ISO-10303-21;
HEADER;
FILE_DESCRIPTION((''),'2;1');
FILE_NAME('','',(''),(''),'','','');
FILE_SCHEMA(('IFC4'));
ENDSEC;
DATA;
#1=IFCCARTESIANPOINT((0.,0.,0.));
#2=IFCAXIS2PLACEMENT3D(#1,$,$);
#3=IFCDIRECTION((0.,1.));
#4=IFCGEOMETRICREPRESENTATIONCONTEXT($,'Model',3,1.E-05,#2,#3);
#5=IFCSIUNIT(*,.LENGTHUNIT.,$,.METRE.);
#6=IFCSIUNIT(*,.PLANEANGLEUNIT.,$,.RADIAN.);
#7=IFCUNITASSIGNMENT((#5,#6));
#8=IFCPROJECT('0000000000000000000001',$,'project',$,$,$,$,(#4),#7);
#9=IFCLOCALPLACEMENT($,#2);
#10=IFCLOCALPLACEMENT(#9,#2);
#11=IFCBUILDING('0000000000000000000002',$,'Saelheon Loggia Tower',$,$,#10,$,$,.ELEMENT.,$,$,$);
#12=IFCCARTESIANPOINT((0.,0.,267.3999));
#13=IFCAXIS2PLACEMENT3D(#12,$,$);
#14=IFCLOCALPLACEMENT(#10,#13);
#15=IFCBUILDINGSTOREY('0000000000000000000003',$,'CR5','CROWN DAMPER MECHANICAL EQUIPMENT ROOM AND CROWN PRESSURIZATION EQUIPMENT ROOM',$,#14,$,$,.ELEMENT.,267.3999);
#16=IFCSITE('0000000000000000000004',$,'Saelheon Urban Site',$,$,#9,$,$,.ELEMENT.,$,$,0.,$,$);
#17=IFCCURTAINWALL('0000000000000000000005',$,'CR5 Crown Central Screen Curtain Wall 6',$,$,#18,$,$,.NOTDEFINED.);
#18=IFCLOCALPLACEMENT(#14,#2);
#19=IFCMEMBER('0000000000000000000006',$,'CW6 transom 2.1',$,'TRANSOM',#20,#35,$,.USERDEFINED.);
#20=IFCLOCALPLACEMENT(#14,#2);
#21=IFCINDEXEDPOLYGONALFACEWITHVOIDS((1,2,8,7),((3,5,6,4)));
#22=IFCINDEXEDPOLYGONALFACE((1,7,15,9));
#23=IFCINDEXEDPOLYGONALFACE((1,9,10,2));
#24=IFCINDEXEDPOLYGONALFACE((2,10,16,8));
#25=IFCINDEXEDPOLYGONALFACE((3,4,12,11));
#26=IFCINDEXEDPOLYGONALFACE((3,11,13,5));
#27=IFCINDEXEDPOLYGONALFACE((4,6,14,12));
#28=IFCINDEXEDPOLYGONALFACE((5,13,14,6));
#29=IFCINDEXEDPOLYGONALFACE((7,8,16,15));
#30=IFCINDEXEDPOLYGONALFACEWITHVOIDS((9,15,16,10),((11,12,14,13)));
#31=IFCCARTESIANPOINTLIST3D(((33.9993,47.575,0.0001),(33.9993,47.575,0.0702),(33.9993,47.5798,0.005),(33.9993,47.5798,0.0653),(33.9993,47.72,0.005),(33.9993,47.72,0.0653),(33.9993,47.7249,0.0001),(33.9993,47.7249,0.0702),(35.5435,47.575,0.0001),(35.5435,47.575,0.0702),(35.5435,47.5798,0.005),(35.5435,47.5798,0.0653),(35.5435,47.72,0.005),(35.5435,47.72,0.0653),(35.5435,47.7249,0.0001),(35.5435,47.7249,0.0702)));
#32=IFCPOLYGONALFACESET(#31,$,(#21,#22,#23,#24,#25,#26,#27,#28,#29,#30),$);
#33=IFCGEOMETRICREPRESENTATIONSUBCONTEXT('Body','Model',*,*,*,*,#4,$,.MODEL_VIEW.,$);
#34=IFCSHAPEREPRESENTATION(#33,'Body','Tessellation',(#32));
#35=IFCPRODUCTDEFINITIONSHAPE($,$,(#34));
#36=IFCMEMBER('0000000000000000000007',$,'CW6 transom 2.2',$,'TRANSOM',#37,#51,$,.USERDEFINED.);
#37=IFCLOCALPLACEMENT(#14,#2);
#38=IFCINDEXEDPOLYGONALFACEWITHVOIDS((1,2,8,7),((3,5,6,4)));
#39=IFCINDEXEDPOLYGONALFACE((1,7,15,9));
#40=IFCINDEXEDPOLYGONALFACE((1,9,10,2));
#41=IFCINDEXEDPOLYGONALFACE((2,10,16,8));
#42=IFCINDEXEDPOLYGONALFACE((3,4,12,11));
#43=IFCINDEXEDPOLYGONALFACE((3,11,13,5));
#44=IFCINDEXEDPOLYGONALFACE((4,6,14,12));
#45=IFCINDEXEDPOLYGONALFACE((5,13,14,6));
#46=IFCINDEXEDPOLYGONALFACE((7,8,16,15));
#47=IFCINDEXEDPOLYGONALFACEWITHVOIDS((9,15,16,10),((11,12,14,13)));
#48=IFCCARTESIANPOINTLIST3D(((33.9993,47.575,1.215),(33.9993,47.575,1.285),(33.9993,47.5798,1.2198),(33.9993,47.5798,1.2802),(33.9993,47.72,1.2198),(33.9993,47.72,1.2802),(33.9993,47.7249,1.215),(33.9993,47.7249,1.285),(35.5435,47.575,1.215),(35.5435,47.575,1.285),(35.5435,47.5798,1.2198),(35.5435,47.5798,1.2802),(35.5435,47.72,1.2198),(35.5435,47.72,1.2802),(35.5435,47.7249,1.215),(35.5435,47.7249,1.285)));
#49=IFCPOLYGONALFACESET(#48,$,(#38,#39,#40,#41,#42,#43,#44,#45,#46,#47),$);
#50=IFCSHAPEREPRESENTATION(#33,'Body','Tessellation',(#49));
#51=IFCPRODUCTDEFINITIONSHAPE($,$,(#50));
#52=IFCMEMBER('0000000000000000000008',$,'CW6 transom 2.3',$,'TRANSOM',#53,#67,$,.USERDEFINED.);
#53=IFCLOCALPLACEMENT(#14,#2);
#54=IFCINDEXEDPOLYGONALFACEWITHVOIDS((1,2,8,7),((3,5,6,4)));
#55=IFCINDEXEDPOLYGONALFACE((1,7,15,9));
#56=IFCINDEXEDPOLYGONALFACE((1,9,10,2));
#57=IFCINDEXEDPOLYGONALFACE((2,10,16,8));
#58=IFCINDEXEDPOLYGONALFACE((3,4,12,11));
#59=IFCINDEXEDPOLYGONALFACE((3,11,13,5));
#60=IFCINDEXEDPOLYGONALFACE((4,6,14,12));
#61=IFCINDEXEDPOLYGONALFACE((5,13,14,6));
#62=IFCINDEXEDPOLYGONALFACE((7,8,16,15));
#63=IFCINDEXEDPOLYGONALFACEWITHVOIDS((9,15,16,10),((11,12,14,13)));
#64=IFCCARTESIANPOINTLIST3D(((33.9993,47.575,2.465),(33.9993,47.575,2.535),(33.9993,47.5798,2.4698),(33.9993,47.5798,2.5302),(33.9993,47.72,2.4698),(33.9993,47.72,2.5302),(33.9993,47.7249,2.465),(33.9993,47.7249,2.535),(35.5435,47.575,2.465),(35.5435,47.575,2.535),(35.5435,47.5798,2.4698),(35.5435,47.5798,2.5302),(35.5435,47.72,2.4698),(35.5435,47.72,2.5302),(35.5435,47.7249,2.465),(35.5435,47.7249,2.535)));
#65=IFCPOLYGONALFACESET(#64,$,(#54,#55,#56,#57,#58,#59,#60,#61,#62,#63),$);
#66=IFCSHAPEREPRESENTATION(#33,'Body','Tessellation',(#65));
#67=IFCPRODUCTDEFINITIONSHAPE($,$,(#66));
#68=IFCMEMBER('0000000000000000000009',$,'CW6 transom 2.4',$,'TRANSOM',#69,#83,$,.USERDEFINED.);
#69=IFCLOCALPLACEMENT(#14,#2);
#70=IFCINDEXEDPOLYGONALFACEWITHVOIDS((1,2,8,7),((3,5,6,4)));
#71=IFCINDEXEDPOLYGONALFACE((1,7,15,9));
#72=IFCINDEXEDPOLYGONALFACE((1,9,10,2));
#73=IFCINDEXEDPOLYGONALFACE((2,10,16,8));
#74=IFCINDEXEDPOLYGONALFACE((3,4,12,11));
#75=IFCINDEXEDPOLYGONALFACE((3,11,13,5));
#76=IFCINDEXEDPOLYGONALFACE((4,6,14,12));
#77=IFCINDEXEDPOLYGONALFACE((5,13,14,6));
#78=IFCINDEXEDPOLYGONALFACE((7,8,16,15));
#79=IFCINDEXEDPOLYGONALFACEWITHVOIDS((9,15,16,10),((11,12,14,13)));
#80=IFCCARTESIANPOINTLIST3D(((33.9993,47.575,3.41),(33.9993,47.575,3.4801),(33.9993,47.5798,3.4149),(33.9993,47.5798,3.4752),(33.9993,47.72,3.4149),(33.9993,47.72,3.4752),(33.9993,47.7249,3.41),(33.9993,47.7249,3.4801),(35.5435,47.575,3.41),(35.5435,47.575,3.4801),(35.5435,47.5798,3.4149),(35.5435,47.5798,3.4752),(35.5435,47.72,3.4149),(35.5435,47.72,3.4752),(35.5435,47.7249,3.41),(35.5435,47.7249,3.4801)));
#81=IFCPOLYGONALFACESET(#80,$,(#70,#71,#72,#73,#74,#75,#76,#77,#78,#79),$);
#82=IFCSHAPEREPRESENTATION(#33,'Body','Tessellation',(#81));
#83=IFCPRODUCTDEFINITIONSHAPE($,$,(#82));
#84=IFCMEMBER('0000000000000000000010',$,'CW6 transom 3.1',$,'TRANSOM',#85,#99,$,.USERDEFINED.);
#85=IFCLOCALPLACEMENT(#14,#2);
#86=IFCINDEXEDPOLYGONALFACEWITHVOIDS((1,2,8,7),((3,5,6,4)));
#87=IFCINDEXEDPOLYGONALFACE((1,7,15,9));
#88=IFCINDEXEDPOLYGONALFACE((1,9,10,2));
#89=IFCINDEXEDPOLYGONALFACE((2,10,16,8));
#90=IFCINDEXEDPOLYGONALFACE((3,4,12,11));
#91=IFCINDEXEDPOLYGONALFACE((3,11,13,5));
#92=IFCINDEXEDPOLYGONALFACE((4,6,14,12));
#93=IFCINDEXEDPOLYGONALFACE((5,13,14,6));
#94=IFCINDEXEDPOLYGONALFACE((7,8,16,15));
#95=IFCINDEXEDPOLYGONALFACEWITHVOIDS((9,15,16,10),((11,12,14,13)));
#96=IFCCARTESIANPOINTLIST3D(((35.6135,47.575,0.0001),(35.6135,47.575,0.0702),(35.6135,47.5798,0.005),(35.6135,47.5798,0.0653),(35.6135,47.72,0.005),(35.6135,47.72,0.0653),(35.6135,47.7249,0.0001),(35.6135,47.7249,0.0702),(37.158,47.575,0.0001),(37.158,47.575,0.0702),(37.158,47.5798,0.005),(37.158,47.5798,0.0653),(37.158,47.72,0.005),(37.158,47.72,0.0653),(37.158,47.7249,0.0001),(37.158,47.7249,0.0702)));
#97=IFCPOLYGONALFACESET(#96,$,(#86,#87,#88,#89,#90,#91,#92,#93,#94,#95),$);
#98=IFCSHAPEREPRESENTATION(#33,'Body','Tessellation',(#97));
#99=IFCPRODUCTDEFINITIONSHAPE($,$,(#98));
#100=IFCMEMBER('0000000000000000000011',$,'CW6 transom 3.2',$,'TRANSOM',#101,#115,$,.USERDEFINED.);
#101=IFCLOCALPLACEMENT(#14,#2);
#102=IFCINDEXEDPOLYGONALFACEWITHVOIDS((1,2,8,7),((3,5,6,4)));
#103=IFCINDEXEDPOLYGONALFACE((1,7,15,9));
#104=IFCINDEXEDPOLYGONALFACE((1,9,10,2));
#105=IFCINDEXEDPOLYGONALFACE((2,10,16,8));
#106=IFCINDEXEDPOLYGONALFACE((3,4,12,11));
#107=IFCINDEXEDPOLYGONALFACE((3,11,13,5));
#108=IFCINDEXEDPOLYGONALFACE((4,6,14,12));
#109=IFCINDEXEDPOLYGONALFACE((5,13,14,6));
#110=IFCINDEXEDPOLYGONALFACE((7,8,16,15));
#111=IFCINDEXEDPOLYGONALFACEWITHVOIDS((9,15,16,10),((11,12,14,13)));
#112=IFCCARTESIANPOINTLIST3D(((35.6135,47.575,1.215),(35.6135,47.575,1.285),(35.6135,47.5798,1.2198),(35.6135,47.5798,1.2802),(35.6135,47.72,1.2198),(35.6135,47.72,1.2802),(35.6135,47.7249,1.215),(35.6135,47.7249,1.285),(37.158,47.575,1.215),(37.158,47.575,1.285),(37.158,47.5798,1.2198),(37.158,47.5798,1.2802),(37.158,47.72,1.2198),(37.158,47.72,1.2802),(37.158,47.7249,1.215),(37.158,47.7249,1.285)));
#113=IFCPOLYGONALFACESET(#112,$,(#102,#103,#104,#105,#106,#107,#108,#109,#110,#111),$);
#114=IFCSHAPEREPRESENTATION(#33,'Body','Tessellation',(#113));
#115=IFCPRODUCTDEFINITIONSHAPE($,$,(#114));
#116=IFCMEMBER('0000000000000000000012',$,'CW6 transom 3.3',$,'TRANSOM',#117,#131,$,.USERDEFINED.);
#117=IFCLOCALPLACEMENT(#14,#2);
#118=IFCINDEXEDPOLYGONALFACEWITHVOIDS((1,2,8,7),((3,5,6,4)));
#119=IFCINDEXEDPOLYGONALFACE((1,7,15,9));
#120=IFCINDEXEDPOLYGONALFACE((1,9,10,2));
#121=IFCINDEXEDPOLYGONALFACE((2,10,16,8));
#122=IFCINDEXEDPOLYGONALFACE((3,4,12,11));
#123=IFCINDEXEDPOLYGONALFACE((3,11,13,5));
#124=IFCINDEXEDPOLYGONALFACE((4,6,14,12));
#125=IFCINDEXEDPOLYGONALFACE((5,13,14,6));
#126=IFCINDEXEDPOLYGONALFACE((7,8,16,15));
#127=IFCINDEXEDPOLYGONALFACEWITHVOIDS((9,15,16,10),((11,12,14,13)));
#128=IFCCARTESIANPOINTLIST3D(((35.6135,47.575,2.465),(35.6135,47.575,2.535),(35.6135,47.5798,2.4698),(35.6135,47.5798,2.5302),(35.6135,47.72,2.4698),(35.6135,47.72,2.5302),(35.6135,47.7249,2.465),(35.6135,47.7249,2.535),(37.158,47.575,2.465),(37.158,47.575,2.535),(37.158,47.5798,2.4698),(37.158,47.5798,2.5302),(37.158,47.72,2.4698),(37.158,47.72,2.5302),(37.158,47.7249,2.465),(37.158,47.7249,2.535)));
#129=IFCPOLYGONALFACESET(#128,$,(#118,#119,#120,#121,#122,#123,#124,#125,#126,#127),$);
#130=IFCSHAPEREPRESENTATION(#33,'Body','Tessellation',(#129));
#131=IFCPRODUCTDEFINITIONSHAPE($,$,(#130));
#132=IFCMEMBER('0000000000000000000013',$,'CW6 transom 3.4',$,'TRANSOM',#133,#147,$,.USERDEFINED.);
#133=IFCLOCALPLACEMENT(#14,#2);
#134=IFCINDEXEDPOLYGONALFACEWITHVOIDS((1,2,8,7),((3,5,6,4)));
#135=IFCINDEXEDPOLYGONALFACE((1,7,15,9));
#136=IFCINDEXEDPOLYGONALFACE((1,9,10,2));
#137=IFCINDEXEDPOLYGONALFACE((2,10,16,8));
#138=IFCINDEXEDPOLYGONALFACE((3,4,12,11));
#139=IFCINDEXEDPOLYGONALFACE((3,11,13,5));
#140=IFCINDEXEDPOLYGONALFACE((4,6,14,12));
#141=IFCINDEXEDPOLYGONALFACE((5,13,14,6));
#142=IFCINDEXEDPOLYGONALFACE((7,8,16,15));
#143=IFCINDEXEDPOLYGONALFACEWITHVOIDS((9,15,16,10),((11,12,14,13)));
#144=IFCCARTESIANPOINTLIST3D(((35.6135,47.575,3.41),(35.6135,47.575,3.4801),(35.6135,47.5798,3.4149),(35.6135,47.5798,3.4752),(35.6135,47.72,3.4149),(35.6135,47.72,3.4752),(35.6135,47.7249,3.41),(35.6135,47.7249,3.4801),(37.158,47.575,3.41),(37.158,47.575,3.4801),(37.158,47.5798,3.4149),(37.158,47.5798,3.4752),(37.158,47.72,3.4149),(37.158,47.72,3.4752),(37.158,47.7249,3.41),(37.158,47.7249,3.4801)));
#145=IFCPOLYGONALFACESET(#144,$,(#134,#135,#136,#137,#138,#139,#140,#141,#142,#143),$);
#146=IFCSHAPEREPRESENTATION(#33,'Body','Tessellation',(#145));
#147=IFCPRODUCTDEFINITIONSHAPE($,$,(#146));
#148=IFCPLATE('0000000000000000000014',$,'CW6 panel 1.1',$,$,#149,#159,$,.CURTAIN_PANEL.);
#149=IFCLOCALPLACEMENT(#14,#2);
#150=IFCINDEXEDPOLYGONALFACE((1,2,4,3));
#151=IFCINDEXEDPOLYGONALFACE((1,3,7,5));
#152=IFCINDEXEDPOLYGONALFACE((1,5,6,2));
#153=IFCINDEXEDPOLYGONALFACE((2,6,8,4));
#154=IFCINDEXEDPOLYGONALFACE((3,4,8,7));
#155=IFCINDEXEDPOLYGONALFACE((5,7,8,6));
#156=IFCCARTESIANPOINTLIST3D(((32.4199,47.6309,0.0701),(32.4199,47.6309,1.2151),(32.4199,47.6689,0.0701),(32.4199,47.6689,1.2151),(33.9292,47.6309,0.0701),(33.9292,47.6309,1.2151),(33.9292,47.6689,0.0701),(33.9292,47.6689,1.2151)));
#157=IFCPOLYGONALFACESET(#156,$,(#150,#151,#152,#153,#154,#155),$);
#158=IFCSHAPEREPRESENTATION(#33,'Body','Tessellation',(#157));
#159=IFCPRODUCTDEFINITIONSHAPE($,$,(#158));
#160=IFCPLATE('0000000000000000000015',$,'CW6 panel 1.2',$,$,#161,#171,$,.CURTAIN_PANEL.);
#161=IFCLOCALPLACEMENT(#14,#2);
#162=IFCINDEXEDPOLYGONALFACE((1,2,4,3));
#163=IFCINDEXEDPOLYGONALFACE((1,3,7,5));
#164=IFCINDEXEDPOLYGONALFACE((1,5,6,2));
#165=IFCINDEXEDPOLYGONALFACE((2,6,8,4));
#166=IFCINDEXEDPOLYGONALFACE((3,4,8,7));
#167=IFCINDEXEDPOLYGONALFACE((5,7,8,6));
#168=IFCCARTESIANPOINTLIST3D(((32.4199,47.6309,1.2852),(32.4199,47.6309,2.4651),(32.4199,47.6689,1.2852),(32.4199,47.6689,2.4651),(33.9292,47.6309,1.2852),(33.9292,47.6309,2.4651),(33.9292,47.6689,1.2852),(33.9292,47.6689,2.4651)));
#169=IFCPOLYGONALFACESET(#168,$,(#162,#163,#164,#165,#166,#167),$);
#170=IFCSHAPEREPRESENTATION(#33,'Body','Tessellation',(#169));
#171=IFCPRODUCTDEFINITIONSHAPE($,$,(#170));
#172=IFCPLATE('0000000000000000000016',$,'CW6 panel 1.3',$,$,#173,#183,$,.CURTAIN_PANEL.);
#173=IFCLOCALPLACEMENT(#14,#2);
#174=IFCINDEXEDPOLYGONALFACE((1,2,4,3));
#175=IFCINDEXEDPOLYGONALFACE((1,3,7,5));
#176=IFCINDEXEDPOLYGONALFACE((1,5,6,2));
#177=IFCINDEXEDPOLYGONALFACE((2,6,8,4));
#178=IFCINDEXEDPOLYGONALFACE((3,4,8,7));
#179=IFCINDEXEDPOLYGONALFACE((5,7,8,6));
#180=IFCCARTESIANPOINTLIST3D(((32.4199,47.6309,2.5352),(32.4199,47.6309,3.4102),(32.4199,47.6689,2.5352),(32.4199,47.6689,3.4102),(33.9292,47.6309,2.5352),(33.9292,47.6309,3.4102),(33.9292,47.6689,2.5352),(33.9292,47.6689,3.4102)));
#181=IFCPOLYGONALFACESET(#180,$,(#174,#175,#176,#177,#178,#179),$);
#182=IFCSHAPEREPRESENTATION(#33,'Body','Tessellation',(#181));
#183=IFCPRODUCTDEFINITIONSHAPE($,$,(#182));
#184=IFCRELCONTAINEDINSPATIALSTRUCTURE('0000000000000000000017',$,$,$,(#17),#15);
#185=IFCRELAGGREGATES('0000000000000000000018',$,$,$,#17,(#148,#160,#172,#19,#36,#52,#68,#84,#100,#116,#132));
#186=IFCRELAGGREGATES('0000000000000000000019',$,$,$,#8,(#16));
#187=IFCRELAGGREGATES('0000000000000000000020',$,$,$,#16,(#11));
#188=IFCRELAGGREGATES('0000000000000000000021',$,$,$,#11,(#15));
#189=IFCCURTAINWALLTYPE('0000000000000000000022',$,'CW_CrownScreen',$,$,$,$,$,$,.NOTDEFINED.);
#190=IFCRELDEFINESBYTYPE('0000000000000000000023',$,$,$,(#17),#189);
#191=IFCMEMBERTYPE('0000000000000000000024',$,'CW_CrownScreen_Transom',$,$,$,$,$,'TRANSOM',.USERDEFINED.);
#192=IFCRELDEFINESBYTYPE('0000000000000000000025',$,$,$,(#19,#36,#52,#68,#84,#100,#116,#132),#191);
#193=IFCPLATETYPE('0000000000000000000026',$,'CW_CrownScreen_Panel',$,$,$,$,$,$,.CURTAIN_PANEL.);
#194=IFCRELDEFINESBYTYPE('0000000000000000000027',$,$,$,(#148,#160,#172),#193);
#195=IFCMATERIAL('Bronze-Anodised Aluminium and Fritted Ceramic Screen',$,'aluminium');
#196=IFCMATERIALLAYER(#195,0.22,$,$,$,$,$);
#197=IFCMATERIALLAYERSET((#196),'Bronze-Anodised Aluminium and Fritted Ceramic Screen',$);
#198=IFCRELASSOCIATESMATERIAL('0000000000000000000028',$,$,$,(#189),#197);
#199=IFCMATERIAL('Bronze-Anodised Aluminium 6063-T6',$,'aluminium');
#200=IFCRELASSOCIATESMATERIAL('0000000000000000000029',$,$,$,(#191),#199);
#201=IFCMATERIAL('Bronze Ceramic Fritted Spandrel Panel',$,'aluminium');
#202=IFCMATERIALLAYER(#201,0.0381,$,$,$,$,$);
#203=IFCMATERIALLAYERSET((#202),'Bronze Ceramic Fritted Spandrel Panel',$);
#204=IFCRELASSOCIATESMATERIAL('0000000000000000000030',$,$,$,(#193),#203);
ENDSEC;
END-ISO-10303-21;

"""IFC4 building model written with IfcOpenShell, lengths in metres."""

from ifc_helpers import new_model, si_unit, direction, frame, origin, origin_2d, place, context, subcontext, project, spatial, rectangle, hollow_rectangle, extrude, source, transform, mapped, material, layer, layer_set, material_profile, profile_set, type_object, element, aggregate, save


model = new_model("IFC4")

# Units and contexts
model_context = context("Model", 3, precision=1e-05, world=origin(), true_north=direction((0.0, 1.0)))
body_context = subcontext(model_context, "Body", "Model", "MODEL_VIEW")
ifc_project = project(units=[si_unit("LENGTHUNIT", "METRE"), si_unit("PLANEANGLEUNIT", "RADIAN")], contexts=[model_context])

# Site, building, storey
site_placement = place(None, origin())
site = spatial("IfcSite", under=ifc_project, at=site_placement, Name="Saelheon Urban Site", CompositionType="ELEMENT", RefElevation=0.0)
building_placement = place(site_placement, origin())
building = spatial("IfcBuilding", under=site, at=building_placement, Name="Saelheon Loggia Tower", CompositionType="ELEMENT")
storey_placement = place(building_placement, frame((0.0, 0.0, 267.3999)))
storey = spatial("IfcBuildingStorey", under=building, at=storey_placement, Name="CR5", Description="CROWN DAMPER MECHANICAL EQUIPMENT ROOM AND CROWN PRESSURIZATION EQUIPMENT ROOM", CompositionType="ELEMENT", Elevation=267.3999)

# Curtain wall, members, plates
ifc_material_1 = material(Name="Bronze-Anodised Aluminium and Fritted Ceramic Screen", Category="aluminium")
ifc_layer_1 = layer(ifc_material_1, 0.22)
ifc_layer_set_1 = layer_set([ifc_layer_1], Name="Bronze-Anodised Aluminium and Fritted Ceramic Screen")
curtain_wall_type = type_object("IfcCurtainWallType", Name="CW_CrownScreen", PredefinedType="NOTDEFINED", material=ifc_layer_set_1)
curtain_wall_placement = place(storey_placement, origin())
curtain_wall = element("IfcCurtainWall", 1, at=curtain_wall_placement, inside=storey, type_object=curtain_wall_type, Name="CR5 Crown Central Screen Curtain Wall 6", PredefinedType="NOTDEFINED")
ifc_material_2 = material(Name="Bronze-Anodised Aluminium 6063-T6", Category="aluminium")
ifc_material_profile_1 = material_profile(ifc_material_2, hollow_rectangle(XDim=0.0701, YDim=0.1499, WallThickness=0.0049, at=origin_2d()), Name="RHS-150x70x5")
ifc_profile_set_1 = profile_set([ifc_material_profile_1], Name="Bronze-Anodised Aluminium 6063-T6")
member_type_1 = type_object("IfcMemberType", Name="CW_CrownScreen_Transom", ElementType="TRANSOM", PredefinedType="USERDEFINED", material=ifc_profile_set_1)
shared_shape_1 = source(origin(), body_context, "Body", "SweptSolid", [
    extrude(hollow_rectangle(XDim=0.0701, YDim=0.1499, WallThickness=0.0049, at=origin_2d()), origin(), (0.0, 0.0, 1.0), 1.5442),
])
member_1_placement = place(storey_placement, frame((33.9993, 47.6499, 0.0352), z_axis=(1.0, 0.0, 0.0), x_axis=(0.0, 0.0, 1.0)))
member_1 = element("IfcMember", 2, at=member_1_placement, type_object=member_type_1, Name="CW6 transom 2.1", ObjectType="TRANSOM", PredefinedType="USERDEFINED", context=body_context, shape_type="MappedRepresentation", body=[
    mapped(shared_shape_1, transform((0.0, 0.0, 0.0), scale=1.0)),
])
member_2_placement = place(storey_placement, frame((33.9993, 47.6499, 1.25), z_axis=(1.0, 0.0, 0.0), x_axis=(0.0, 0.0, 1.0)))
member_2 = element("IfcMember", 3, at=member_2_placement, type_object=member_type_1, Name="CW6 transom 2.2", ObjectType="TRANSOM", PredefinedType="USERDEFINED", context=body_context, shape_type="MappedRepresentation", body=[
    mapped(shared_shape_1, transform((0.0, 0.0, 0.0), scale=1.0)),
])
member_3_placement = place(storey_placement, frame((33.9993, 47.6499, 2.5), z_axis=(1.0, 0.0, 0.0), x_axis=(0.0, 0.0, 1.0)))
member_3 = element("IfcMember", 4, at=member_3_placement, type_object=member_type_1, Name="CW6 transom 2.3", ObjectType="TRANSOM", PredefinedType="USERDEFINED", context=body_context, shape_type="MappedRepresentation", body=[
    mapped(shared_shape_1, transform((0.0, 0.0, 0.0), scale=1.0)),
])
member_4_placement = place(storey_placement, frame((33.9993, 47.6499, 3.4451), z_axis=(1.0, 0.0, 0.0), x_axis=(0.0, 0.0, 1.0)))
member_4 = element("IfcMember", 5, at=member_4_placement, type_object=member_type_1, Name="CW6 transom 2.4", ObjectType="TRANSOM", PredefinedType="USERDEFINED", context=body_context, shape_type="MappedRepresentation", body=[
    mapped(shared_shape_1, transform((0.0, 0.0, 0.0), scale=1.0)),
])
shared_shape_2 = source(origin(), body_context, "Body", "SweptSolid", [
    extrude(hollow_rectangle(XDim=0.0701, YDim=0.1499, WallThickness=0.0049, at=origin_2d()), origin(), (0.0, 0.0, 1.0), 1.5444),
])
member_5_placement = place(storey_placement, frame((35.6135, 47.6499, 0.0352), z_axis=(1.0, 0.0, 0.0), x_axis=(0.0, 0.0, 1.0)))
member_5 = element("IfcMember", 6, at=member_5_placement, type_object=member_type_1, Name="CW6 transom 3.1", ObjectType="TRANSOM", PredefinedType="USERDEFINED", context=body_context, shape_type="MappedRepresentation", body=[
    mapped(shared_shape_2, transform((0.0, 0.0, 0.0), scale=1.0)),
])
member_6_placement = place(storey_placement, frame((35.6135, 47.6499, 1.25), z_axis=(1.0, 0.0, 0.0), x_axis=(0.0, 0.0, 1.0)))
member_6 = element("IfcMember", 7, at=member_6_placement, type_object=member_type_1, Name="CW6 transom 3.2", ObjectType="TRANSOM", PredefinedType="USERDEFINED", context=body_context, shape_type="MappedRepresentation", body=[
    mapped(shared_shape_2, transform((0.0, 0.0, 0.0), scale=1.0)),
])
member_7_placement = place(storey_placement, frame((35.6135, 47.6499, 2.5), z_axis=(1.0, 0.0, 0.0), x_axis=(0.0, 0.0, 1.0)))
member_7 = element("IfcMember", 8, at=member_7_placement, type_object=member_type_1, Name="CW6 transom 3.3", ObjectType="TRANSOM", PredefinedType="USERDEFINED", context=body_context, shape_type="MappedRepresentation", body=[
    mapped(shared_shape_2, transform((0.0, 0.0, 0.0), scale=1.0)),
])
member_8_placement = place(storey_placement, frame((35.6135, 47.6499, 3.4451), z_axis=(1.0, 0.0, 0.0), x_axis=(0.0, 0.0, 1.0)))
member_8 = element("IfcMember", 9, at=member_8_placement, type_object=member_type_1, Name="CW6 transom 3.4", ObjectType="TRANSOM", PredefinedType="USERDEFINED", context=body_context, shape_type="MappedRepresentation", body=[
    mapped(shared_shape_2, transform((0.0, 0.0, 0.0), scale=1.0)),
])
ifc_material_3 = material(Name="Bronze Ceramic Fritted Spandrel Panel", Category="aluminium")
ifc_layer_2 = layer(ifc_material_3, 0.0381)
ifc_layer_set_2 = layer_set([ifc_layer_2], Name="Bronze Ceramic Fritted Spandrel Panel")
plate_type = type_object("IfcPlateType", Name="CW_CrownScreen_Panel", PredefinedType="CURTAIN_PANEL", material=ifc_layer_set_2)
shared_shape_3 = source(origin(), body_context, "Body", "SweptSolid", [
    extrude(rectangle(XDim=1.5093, YDim=0.0381, at=origin_2d()), origin(), (0.0, 0.0, 1.0), 1.145),
])
plate_1_placement = place(storey_placement, frame((33.1746, 47.6499, 0.0701), z_axis=(0.0, 0.0, 1.0), x_axis=(1.0, 0.0, 0.0)))
plate_1 = element("IfcPlate", 10, at=plate_1_placement, type_object=plate_type, Name="CW6 panel 1.1", PredefinedType="CURTAIN_PANEL", context=body_context, shape_type="MappedRepresentation", body=[
    mapped(shared_shape_3, transform((0.0, 0.0, 0.0), scale=1.0)),
])
shared_shape_4 = source(origin(), body_context, "Body", "SweptSolid", [
    extrude(rectangle(XDim=1.5093, YDim=0.0381, at=origin_2d()), origin(), (0.0, 0.0, 1.0), 1.1799),
])
plate_2_placement = place(storey_placement, frame((33.1746, 47.6499, 1.2852), z_axis=(0.0, 0.0, 1.0), x_axis=(1.0, 0.0, 0.0)))
plate_2 = element("IfcPlate", 11, at=plate_2_placement, type_object=plate_type, Name="CW6 panel 1.2", PredefinedType="CURTAIN_PANEL", context=body_context, shape_type="MappedRepresentation", body=[
    mapped(shared_shape_4, transform((0.0, 0.0, 0.0), scale=1.0)),
])
shared_shape_5 = source(origin(), body_context, "Body", "SweptSolid", [
    extrude(rectangle(XDim=1.5093, YDim=0.0381, at=origin_2d()), origin(), (0.0, 0.0, 1.0), 0.875),
])
plate_3_placement = place(storey_placement, frame((33.1746, 47.6499, 2.5352), z_axis=(0.0, 0.0, 1.0), x_axis=(1.0, 0.0, 0.0)))
plate_3 = element("IfcPlate", 12, at=plate_3_placement, type_object=plate_type, Name="CW6 panel 1.3", PredefinedType="CURTAIN_PANEL", context=body_context, shape_type="MappedRepresentation", body=[
    mapped(shared_shape_5, transform((0.0, 0.0, 0.0), scale=1.0)),
])
aggregate(curtain_wall, [plate_1, plate_2, plate_3, member_1, member_2, member_3, member_4, member_5, member_6, member_7, member_8])

save(model, "model.ifc")
